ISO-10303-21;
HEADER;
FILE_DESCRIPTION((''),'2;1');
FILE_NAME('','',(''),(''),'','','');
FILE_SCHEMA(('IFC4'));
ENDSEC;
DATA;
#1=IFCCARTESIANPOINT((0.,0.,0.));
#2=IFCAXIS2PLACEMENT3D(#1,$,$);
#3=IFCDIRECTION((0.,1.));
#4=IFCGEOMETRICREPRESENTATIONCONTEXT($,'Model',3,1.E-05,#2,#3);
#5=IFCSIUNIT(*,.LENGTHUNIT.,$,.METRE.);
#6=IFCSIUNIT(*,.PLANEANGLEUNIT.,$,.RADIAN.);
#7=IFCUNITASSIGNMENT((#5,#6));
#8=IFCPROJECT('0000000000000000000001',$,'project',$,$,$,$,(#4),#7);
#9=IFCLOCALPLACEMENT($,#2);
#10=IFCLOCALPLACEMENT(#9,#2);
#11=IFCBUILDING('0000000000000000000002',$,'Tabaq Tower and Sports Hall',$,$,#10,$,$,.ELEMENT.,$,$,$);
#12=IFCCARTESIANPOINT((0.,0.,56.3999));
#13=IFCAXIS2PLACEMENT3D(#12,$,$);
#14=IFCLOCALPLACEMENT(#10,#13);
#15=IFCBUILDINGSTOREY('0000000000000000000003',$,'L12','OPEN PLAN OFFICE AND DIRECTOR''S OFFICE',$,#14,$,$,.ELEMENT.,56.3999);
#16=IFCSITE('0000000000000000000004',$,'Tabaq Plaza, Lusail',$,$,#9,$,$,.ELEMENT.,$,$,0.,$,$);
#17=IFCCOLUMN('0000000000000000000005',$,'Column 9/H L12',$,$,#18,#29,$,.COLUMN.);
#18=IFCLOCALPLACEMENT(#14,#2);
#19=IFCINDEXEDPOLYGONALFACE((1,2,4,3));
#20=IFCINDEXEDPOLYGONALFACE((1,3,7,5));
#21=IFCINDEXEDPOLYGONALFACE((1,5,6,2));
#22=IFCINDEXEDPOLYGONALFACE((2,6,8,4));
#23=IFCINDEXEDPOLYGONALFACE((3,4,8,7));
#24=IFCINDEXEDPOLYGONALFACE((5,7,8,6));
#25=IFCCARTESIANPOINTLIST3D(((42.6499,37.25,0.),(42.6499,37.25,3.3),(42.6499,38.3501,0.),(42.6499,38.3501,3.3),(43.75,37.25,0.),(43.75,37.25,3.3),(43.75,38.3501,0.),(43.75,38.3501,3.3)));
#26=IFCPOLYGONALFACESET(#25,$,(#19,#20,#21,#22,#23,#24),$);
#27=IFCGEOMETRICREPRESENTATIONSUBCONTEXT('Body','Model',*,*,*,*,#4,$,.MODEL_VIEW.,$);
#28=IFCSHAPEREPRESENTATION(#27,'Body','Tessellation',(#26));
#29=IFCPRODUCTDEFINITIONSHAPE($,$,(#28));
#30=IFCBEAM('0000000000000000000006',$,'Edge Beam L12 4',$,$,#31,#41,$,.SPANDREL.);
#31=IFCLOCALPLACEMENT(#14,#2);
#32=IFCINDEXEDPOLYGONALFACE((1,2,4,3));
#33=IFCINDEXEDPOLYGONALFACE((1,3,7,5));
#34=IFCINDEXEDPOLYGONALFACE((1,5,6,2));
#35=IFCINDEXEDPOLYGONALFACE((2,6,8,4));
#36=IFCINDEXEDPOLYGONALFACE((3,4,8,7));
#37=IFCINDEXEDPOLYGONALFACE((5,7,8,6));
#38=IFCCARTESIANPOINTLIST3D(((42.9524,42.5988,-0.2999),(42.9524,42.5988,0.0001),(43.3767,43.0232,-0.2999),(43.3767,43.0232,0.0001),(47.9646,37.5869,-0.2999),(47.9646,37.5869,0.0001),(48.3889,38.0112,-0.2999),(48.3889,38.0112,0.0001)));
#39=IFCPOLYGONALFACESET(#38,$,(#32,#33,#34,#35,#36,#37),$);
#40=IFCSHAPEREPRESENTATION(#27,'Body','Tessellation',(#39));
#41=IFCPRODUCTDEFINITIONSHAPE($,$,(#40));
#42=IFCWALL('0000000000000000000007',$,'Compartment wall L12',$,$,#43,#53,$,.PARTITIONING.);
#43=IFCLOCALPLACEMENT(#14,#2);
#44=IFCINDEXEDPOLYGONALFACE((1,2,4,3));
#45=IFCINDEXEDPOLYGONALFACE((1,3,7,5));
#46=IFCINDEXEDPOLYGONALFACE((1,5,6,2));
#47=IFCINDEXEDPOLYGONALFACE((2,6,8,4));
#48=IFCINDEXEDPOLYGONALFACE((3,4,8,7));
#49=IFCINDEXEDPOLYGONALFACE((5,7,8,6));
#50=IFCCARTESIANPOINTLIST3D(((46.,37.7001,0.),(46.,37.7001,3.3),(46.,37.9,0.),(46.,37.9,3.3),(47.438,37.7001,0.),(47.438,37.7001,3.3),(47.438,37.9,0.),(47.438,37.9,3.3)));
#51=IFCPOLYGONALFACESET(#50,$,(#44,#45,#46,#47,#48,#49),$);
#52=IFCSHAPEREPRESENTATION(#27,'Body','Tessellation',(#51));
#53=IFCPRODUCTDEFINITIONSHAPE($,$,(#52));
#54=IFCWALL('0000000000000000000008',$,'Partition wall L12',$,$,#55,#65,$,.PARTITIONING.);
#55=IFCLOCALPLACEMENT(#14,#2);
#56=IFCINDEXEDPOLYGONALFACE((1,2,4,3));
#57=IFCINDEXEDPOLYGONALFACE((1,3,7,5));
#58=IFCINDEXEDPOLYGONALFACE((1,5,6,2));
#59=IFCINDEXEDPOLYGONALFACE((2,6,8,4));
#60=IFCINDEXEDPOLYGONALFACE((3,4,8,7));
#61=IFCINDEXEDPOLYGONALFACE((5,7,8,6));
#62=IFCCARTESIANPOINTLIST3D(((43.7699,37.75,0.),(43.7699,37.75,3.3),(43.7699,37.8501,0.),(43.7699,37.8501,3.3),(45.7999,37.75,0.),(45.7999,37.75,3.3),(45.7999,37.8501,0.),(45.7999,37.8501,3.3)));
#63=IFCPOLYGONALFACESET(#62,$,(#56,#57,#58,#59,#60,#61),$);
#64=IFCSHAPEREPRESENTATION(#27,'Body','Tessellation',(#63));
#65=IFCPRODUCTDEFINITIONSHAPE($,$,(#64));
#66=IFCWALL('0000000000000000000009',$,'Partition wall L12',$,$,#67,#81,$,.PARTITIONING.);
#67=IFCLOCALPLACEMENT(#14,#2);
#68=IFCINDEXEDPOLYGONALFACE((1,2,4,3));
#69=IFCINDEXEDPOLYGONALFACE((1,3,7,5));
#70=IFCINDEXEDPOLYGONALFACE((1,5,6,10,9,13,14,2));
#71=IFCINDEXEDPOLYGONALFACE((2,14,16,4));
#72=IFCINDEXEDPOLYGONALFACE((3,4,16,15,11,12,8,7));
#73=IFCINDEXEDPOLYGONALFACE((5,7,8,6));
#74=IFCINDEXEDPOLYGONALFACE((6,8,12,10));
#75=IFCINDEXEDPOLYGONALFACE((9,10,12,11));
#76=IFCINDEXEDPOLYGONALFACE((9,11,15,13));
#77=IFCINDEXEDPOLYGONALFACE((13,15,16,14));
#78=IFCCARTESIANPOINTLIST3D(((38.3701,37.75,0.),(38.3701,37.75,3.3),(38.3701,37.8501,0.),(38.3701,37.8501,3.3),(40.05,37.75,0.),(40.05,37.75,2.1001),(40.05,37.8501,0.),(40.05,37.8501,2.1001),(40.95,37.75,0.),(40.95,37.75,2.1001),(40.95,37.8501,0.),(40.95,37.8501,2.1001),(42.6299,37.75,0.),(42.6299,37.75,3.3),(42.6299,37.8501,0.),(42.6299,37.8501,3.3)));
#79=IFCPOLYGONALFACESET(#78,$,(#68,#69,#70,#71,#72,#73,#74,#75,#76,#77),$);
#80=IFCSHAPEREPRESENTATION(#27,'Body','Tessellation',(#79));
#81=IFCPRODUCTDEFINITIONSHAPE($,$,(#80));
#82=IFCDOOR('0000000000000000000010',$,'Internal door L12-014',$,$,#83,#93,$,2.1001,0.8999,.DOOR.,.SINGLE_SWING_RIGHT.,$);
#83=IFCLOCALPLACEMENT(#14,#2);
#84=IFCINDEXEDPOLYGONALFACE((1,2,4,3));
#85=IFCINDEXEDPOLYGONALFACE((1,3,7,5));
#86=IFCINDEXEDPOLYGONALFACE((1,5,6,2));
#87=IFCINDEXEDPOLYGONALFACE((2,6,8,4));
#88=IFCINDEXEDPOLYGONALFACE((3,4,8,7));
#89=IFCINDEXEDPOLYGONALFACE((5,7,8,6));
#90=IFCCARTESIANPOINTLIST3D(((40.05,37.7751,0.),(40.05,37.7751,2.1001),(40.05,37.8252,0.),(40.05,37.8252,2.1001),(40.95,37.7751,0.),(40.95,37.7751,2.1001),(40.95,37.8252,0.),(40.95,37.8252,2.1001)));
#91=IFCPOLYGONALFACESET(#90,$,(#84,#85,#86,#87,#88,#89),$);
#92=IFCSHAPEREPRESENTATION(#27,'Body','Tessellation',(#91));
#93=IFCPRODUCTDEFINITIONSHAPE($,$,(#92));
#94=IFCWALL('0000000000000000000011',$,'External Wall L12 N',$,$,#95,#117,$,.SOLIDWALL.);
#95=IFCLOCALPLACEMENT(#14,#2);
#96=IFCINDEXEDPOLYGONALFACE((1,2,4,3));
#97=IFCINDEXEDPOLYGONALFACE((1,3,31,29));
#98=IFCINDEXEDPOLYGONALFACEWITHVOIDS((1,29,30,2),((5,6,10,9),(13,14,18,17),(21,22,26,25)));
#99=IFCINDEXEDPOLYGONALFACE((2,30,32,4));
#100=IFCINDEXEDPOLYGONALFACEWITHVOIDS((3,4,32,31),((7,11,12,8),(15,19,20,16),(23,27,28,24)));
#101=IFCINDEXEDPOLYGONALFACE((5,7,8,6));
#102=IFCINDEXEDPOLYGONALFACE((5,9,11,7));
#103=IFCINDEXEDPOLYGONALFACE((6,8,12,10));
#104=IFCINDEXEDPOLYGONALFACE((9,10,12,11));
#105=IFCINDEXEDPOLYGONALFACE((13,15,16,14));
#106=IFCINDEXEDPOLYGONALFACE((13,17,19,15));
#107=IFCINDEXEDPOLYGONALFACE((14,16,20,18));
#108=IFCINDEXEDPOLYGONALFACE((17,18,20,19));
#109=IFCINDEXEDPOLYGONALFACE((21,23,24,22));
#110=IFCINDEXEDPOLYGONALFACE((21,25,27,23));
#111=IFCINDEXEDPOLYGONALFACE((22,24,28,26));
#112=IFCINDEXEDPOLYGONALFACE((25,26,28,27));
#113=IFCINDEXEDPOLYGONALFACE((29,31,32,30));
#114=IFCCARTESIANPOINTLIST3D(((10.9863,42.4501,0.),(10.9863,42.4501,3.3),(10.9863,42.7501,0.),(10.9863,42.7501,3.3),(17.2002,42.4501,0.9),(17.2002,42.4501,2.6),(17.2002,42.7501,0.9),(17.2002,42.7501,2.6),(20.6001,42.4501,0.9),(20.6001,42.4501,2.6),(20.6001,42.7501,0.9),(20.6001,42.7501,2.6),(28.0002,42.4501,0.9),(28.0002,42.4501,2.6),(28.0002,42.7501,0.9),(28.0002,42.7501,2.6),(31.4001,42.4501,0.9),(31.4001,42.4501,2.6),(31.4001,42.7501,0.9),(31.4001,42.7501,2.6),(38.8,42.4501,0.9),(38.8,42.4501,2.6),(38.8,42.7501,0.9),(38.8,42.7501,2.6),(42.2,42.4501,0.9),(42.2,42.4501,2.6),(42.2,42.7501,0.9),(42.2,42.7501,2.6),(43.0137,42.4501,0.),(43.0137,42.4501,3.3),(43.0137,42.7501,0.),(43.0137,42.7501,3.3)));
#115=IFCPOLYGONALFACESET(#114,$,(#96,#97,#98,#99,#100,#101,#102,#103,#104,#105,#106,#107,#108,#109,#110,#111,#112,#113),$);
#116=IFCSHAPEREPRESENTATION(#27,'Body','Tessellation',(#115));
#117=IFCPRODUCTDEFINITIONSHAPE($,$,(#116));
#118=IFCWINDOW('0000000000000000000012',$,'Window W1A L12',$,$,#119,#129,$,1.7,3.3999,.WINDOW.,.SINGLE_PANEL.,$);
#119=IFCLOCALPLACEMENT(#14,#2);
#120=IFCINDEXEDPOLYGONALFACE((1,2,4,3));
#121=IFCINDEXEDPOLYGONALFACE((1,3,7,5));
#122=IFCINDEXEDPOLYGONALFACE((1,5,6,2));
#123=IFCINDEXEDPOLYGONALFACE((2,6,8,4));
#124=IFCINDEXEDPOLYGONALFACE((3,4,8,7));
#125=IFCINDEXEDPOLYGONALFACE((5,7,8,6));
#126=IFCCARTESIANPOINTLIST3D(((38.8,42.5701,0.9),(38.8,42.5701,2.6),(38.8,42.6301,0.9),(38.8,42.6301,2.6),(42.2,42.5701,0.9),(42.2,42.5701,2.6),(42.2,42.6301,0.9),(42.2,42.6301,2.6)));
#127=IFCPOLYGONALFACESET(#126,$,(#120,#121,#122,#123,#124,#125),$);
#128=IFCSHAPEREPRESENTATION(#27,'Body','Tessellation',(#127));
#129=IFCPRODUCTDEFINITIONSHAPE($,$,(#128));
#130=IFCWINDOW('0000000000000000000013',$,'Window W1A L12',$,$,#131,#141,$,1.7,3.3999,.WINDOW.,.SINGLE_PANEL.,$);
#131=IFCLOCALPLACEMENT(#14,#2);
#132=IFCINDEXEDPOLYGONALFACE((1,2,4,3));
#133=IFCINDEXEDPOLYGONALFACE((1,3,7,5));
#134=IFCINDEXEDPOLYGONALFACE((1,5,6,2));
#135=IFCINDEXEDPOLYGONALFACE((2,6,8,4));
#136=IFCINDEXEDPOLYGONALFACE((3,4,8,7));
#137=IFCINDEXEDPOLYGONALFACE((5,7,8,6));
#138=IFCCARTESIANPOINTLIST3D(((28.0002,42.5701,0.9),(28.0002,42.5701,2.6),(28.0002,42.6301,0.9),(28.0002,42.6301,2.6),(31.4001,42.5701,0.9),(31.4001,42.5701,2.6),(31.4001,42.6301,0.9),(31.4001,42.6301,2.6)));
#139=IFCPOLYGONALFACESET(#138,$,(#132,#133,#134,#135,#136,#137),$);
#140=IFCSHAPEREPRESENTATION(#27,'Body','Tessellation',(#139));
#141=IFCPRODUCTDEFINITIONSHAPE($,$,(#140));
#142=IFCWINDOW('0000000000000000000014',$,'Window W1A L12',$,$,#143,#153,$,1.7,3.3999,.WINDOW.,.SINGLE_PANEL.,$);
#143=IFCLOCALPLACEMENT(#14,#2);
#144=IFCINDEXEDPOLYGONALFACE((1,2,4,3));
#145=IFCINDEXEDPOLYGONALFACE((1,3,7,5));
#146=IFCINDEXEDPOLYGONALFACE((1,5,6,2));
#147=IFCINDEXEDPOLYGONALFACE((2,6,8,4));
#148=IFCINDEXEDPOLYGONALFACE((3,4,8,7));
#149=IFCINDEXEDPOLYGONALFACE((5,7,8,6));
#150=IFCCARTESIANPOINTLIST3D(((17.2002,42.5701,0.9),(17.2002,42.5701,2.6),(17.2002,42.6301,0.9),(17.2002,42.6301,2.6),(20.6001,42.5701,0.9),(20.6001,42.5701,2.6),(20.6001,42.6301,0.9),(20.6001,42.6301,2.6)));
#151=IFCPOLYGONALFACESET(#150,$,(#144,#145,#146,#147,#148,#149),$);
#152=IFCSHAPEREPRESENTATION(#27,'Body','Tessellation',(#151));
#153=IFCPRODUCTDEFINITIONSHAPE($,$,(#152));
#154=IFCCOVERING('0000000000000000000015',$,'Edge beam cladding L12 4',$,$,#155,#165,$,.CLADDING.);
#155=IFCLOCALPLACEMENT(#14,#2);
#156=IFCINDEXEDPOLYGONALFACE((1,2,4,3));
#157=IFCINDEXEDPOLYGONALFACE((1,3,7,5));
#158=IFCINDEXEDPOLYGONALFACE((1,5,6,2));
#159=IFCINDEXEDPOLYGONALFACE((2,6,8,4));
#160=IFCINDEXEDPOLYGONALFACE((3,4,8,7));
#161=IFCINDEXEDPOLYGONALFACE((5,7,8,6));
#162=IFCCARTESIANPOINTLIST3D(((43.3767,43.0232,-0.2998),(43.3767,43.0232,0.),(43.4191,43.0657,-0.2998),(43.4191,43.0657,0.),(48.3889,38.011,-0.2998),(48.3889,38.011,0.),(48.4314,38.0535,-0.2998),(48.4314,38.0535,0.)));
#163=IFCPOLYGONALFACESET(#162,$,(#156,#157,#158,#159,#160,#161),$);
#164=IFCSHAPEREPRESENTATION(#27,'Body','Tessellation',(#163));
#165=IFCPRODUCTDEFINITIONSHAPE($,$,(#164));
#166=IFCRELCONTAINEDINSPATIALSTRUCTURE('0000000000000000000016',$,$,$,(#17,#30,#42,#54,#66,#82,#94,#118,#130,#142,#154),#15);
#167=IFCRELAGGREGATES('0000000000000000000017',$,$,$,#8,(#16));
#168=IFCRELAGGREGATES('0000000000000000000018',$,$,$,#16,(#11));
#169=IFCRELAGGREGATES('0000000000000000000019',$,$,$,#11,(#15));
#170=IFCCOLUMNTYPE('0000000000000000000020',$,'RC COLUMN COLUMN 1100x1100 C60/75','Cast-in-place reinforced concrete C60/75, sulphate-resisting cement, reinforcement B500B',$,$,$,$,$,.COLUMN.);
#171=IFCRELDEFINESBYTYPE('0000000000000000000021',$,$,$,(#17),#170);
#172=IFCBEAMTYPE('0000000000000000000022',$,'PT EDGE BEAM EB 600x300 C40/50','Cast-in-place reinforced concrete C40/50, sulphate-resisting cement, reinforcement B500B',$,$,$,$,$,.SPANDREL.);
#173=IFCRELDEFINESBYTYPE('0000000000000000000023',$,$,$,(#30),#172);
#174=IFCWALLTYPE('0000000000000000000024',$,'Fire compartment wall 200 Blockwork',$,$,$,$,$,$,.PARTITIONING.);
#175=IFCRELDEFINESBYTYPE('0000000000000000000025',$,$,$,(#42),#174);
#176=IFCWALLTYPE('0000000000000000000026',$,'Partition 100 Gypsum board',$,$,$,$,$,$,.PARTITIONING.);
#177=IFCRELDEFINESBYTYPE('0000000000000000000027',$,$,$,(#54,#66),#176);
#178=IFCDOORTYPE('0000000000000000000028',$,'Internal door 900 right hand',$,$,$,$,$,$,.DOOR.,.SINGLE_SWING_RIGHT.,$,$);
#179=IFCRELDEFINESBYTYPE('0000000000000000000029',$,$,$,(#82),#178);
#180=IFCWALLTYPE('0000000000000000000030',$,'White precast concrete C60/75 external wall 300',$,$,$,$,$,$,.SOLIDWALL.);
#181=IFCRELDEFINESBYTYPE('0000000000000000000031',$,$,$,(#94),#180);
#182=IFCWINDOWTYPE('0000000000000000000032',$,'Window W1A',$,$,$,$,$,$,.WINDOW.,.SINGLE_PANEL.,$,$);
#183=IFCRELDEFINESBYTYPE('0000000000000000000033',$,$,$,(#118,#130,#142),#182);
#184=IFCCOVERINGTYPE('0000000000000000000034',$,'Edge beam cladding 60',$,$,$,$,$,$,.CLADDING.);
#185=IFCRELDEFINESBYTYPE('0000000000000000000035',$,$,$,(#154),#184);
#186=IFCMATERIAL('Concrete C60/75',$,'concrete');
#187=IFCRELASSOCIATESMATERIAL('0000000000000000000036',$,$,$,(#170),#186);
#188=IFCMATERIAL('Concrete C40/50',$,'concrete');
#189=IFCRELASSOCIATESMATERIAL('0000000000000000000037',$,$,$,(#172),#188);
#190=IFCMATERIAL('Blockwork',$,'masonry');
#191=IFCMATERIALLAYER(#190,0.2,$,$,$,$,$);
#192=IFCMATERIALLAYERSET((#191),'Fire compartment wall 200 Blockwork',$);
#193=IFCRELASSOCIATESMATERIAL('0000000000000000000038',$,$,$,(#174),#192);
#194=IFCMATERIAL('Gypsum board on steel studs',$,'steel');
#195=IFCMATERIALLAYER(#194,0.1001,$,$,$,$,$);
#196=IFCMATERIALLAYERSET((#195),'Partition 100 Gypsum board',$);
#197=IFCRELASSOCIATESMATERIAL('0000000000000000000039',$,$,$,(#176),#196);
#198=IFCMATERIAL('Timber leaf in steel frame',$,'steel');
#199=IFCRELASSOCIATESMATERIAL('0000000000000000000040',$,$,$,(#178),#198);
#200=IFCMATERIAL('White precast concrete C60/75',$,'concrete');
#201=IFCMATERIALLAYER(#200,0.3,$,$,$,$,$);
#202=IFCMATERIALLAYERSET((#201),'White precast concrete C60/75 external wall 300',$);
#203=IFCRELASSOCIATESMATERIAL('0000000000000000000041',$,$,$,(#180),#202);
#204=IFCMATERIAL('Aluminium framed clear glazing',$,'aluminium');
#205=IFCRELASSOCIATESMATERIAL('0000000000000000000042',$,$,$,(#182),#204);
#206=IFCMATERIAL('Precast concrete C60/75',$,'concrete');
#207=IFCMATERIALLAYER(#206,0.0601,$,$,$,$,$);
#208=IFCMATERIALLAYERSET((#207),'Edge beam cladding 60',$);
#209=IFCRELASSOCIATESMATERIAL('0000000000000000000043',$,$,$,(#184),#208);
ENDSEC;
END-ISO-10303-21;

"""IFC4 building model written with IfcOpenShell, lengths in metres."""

from ifc_helpers import new_model, si_unit, direction, frame, frame_2d, origin, origin_2d, place, context, subcontext, project, spatial, rectangle, extrude, material, layer, layer_set, material_profile, profile_set, type_object, element, fill, save


model = new_model("IFC4")

# Units and contexts
model_context = context("Model", 3, precision=1e-05, world=origin(), true_north=direction((0.0, 1.0)))
body_context = subcontext(model_context, "Body", "Model", "MODEL_VIEW")
ifc_project = project(units=[si_unit("LENGTHUNIT", "METRE"), si_unit("PLANEANGLEUNIT", "RADIAN")], contexts=[model_context])

# Site, building, storey
site_placement = place(None, origin())
site = spatial("IfcSite", under=ifc_project, at=site_placement, Name="Tabaq Plaza, Lusail", CompositionType="ELEMENT", RefElevation=0.0)
building_placement = place(site_placement, origin())
building = spatial("IfcBuilding", under=site, at=building_placement, Name="Tabaq Tower and Sports Hall", CompositionType="ELEMENT")
storey_placement = place(building_placement, frame((0.0, 0.0, 56.3999)))
storey = spatial("IfcBuildingStorey", under=building, at=storey_placement, Name="L12", Description="OPEN PLAN OFFICE AND DIRECTOR'S OFFICE", CompositionType="ELEMENT", Elevation=56.3999)

# Column
ifc_material_1 = material(Name="Concrete C60/75", Category="concrete")
ifc_material_profile_1 = material_profile(ifc_material_1, rectangle(XDim=1.1001, YDim=1.1001, at=origin_2d()), Name="COLUMN 1100x1100")
ifc_profile_set_1 = profile_set([ifc_material_profile_1], Name="Concrete C60/75")
column_type = type_object("IfcColumnType", Name="RC COLUMN COLUMN 1100x1100 C60/75", Description="Cast-in-place reinforced concrete C60/75, sulphate-resisting cement, reinforcement B500B", PredefinedType="COLUMN", material=ifc_profile_set_1)
column_placement = place(storey_placement, frame((43.2, 37.8, 0.0), z_axis=(0.0, 0.0, 1.0), x_axis=(1.0, 0.0, 0.0)))
element("IfcColumn", 1, at=column_placement, inside=storey, type_object=column_type, Name="Column 9/H L12", PredefinedType="COLUMN", context=body_context, shape_type="SweptSolid", body=[
    extrude(rectangle(XDim=1.1001, YDim=1.1001, at=origin_2d()), origin(), (0.0, 0.0, 1.0), 3.3),
])

# Beam
ifc_material_2 = material(Name="Concrete C40/50", Category="concrete")
ifc_material_profile_2 = material_profile(ifc_material_2, rectangle(XDim=0.6001, YDim=0.3, at=origin_2d()), Name="EB 600x300")
ifc_profile_set_2 = profile_set([ifc_material_profile_2], Name="Concrete C40/50")
beam_type = type_object("IfcBeamType", Name="PT EDGE BEAM EB 600x300 C40/50", Description="Cast-in-place reinforced concrete C40/50, sulphate-resisting cement, reinforcement B500B", PredefinedType="SPANDREL", material=ifc_profile_set_2)
beam_placement = place(storey_placement, frame((48.1768, 37.7991, -0.1499), z_axis=(-0.707124, 0.70709, 0.0), x_axis=(-0.70709, -0.707124, 0.0)))
element("IfcBeam", 2, at=beam_placement, inside=storey, type_object=beam_type, Name="Edge Beam L12 4", PredefinedType="SPANDREL", context=body_context, shape_type="SweptSolid", body=[
    extrude(rectangle(XDim=0.6001, YDim=0.3, at=origin_2d()), origin(), (0.0, 0.0, 1.0), 7.0881),
])

# Walls
ifc_material_3 = material(Name="Blockwork", Category="masonry")
ifc_layer_1 = layer(ifc_material_3, 0.2)
ifc_layer_set_1 = layer_set([ifc_layer_1], Name="Fire compartment wall 200 Blockwork")
wall_type_1 = type_object("IfcWallType", Name="Fire compartment wall 200 Blockwork", PredefinedType="PARTITIONING", material=ifc_layer_set_1)
wall_1_placement = place(storey_placement, frame((47.438, 37.8, 0.0), z_axis=(0.0, 0.0, 1.0), x_axis=(-1.0, 0.0, 0.0)))
element("IfcWall", 3, at=wall_1_placement, inside=storey, type_object=wall_type_1, Name="Compartment wall L12", PredefinedType="PARTITIONING", context=body_context, shape_type="SweptSolid", body=[
    extrude(rectangle(XDim=1.438, YDim=0.2, at=frame_2d((0.719, 0.0))), origin(), (0.0, 0.0, 1.0), 3.3),
])
ifc_material_4 = material(Name="Gypsum board on steel studs", Category="steel")
ifc_layer_2 = layer(ifc_material_4, 0.1001)
ifc_layer_set_2 = layer_set([ifc_layer_2], Name="Partition 100 Gypsum board")
wall_type_2 = type_object("IfcWallType", Name="Partition 100 Gypsum board", PredefinedType="PARTITIONING", material=ifc_layer_set_2)
wall_2_placement = place(storey_placement, frame((45.8, 37.8, 0.0), z_axis=(0.0, 0.0, 1.0), x_axis=(-1.0, 0.0, 0.0)))
element("IfcWall", 4, at=wall_2_placement, inside=storey, type_object=wall_type_2, Name="Partition wall L12", PredefinedType="PARTITIONING", context=body_context, shape_type="SweptSolid", body=[
    extrude(rectangle(XDim=2.03, YDim=0.1001, at=frame_2d((1.0151, 0.0))), origin(), (0.0, 0.0, 1.0), 3.3),
])

# Wall, opening, door
wall_3_placement = place(storey_placement, frame((42.6299, 37.8, 0.0), z_axis=(0.0, 0.0, 1.0), x_axis=(-1.0, 0.0, 0.0)))
wall_3 = element("IfcWall", 5, at=wall_3_placement, inside=storey, type_object=wall_type_2, Name="Partition wall L12", PredefinedType="PARTITIONING", context=body_context, shape_type="SweptSolid", body=[
    extrude(rectangle(XDim=4.2598, YDim=0.1001, at=frame_2d((2.1299, 0.0))), origin(), (0.0, 0.0, 1.0), 3.3),
])
opening_1_placement = place(wall_3_placement, frame((1.6799, 0.0, 0.0)))
opening_1 = element("IfcOpeningElement", 6, at=opening_1_placement, cuts=wall_3, PredefinedType="OPENING", context=body_context, shape_type="SweptSolid", body=[
    extrude(rectangle(XDim=0.8999, YDim=2.1001, at=frame_2d((0.45, 1.05))), frame((0.0, 0.05, 0.0), z_axis=(0.0, -1.0, 0.0), x_axis=(1.0, 0.0, 0.0)), (0.0, 0.0, 1.0), 0.1001),
])
ifc_material_5 = material(Name="Timber leaf in steel frame", Category="steel")
door_type = type_object("IfcDoorType", Name="Internal door 900 right hand", OperationType="SINGLE_SWING_RIGHT", PredefinedType="DOOR", material=ifc_material_5)
door_placement = place(opening_1_placement, origin())
door = element("IfcDoor", 7, at=door_placement, inside=storey, type_object=door_type, Name="Internal door L12-014", OperationType="SINGLE_SWING_RIGHT", OverallHeight=2.1001, OverallWidth=0.8999, PredefinedType="DOOR", context=body_context, shape_type="SweptSolid", body=[
    extrude(rectangle(XDim=0.8999, YDim=2.1001, at=frame_2d((0.45, 1.05))), frame((0.0, 0.0249, 0.0), z_axis=(0.0, -1.0, 0.0), x_axis=(1.0, 0.0, 0.0)), (0.0, 0.0, 1.0), 0.05),
])
fill(opening_1, door)

# Wall, openings, windows
ifc_material_6 = material(Name="White precast concrete C60/75", Category="concrete")
ifc_layer_3 = layer(ifc_material_6, 0.3)
ifc_layer_set_3 = layer_set([ifc_layer_3], Name="White precast concrete C60/75 external wall 300")
wall_type_3 = type_object("IfcWallType", Name="White precast concrete C60/75 external wall 300", PredefinedType="SOLIDWALL", material=ifc_layer_set_3)
wall_4_placement = place(storey_placement, frame((43.0137, 42.6001, 0.0), z_axis=(0.0, 0.0, 1.0), x_axis=(-1.0, 0.0, 0.0)))
wall_4 = element("IfcWall", 8, at=wall_4_placement, inside=storey, type_object=wall_type_3, Name="External Wall L12 N", PredefinedType="SOLIDWALL", context=body_context, shape_type="SweptSolid", body=[
    extrude(rectangle(XDim=32.0273, YDim=0.3, at=frame_2d((16.0137, 0.0))), origin(), (0.0, 0.0, 1.0), 3.3),
])
opening_2_placement = place(wall_4_placement, frame((0.8137, 0.0, 0.8999)))
opening_2 = element("IfcOpeningElement", 9, at=opening_2_placement, cuts=wall_4, PredefinedType="OPENING", context=body_context, shape_type="SweptSolid", body=[
    extrude(rectangle(XDim=3.3999, YDim=1.7, at=frame_2d((1.7, 0.8501))), frame((0.0, 0.1602, 0.0), z_axis=(0.0, -1.0, 0.0), x_axis=(1.0, 0.0, 0.0)), (0.0, 0.0, 1.0), 0.3201),
])
opening_3_placement = place(wall_4_placement, frame((11.6135, 0.0, 0.8999)))
opening_3 = element("IfcOpeningElement", 10, at=opening_3_placement, cuts=wall_4, PredefinedType="OPENING", context=body_context, shape_type="SweptSolid", body=[
    extrude(rectangle(XDim=3.3999, YDim=1.7, at=frame_2d((1.7, 0.8501))), frame((0.0, 0.1602, 0.0), z_axis=(0.0, -1.0, 0.0), x_axis=(1.0, 0.0, 0.0)), (0.0, 0.0, 1.0), 0.3201),
])
opening_4_placement = place(wall_4_placement, frame((22.4136, 0.0, 0.8999)))
opening_4 = element("IfcOpeningElement", 11, at=opening_4_placement, cuts=wall_4, PredefinedType="OPENING", context=body_context, shape_type="SweptSolid", body=[
    extrude(rectangle(XDim=3.3999, YDim=1.7, at=frame_2d((1.7, 0.8501))), frame((0.0, 0.1602, 0.0), z_axis=(0.0, -1.0, 0.0), x_axis=(1.0, 0.0, 0.0)), (0.0, 0.0, 1.0), 0.3201),
])
ifc_material_7 = material(Name="Aluminium framed clear glazing", Category="aluminium")
window_type = type_object("IfcWindowType", Name="Window W1A", PartitioningType="SINGLE_PANEL", PredefinedType="WINDOW", material=ifc_material_7)
window_1_placement = place(opening_2_placement, origin())
window_1 = element("IfcWindow", 12, at=window_1_placement, inside=storey, type_object=window_type, Name="Window W1A L12", OverallHeight=1.7, OverallWidth=3.3999, PartitioningType="SINGLE_PANEL", PredefinedType="WINDOW", context=body_context, shape_type="SweptSolid", body=[
    extrude(rectangle(XDim=3.3999, YDim=1.7, at=frame_2d((1.7, 0.8501))), frame((0.0, 0.03, 0.0), z_axis=(0.0, -1.0, 0.0), x_axis=(1.0, 0.0, 0.0)), (0.0, 0.0, 1.0), 0.0601),
])
fill(opening_2, window_1)
window_2_placement = place(opening_3_placement, origin())
window_2 = element("IfcWindow", 13, at=window_2_placement, inside=storey, type_object=window_type, Name="Window W1A L12", OverallHeight=1.7, OverallWidth=3.3999, PartitioningType="SINGLE_PANEL", PredefinedType="WINDOW", context=body_context, shape_type="SweptSolid", body=[
    extrude(rectangle(XDim=3.3999, YDim=1.7, at=frame_2d((1.7, 0.8501))), frame((0.0, 0.03, 0.0), z_axis=(0.0, -1.0, 0.0), x_axis=(1.0, 0.0, 0.0)), (0.0, 0.0, 1.0), 0.0601),
])
fill(opening_3, window_2)
window_3_placement = place(opening_4_placement, origin())
window_3 = element("IfcWindow", 14, at=window_3_placement, inside=storey, type_object=window_type, Name="Window W1A L12", OverallHeight=1.7, OverallWidth=3.3999, PartitioningType="SINGLE_PANEL", PredefinedType="WINDOW", context=body_context, shape_type="SweptSolid", body=[
    extrude(rectangle(XDim=3.3999, YDim=1.7, at=frame_2d((1.7, 0.8501))), frame((0.0, 0.03, 0.0), z_axis=(0.0, -1.0, 0.0), x_axis=(1.0, 0.0, 0.0)), (0.0, 0.0, 1.0), 0.0601),
])
fill(opening_4, window_3)

# Covering
ifc_material_8 = material(Name="Precast concrete C60/75", Category="concrete")
ifc_layer_4 = layer(ifc_material_8, 0.0601)
ifc_layer_set_4 = layer_set([ifc_layer_4], Name="Edge beam cladding 60")
covering_type_1 = type_object("IfcCoveringType", Name="Edge beam cladding 60", PredefinedType="CLADDING", material=ifc_layer_set_4)
covering_1_placement = place(storey_placement, frame((48.4102, 38.0322, -0.2998), z_axis=(0.0, 0.0, 1.0), x_axis=(-0.707107, 0.707107, 0.0)))
element("IfcCovering", 15, at=covering_1_placement, inside=storey, type_object=covering_type_1, Name="Edge beam cladding L12 4", PredefinedType="CLADDING", context=body_context, shape_type="SweptSolid", body=[
    extrude(rectangle(XDim=7.0884, YDim=0.0601, at=frame_2d((3.5442, 0.0))), origin(), (0.0, 0.0, 1.0), 0.2998),
])

save(model, "model.ifc")
